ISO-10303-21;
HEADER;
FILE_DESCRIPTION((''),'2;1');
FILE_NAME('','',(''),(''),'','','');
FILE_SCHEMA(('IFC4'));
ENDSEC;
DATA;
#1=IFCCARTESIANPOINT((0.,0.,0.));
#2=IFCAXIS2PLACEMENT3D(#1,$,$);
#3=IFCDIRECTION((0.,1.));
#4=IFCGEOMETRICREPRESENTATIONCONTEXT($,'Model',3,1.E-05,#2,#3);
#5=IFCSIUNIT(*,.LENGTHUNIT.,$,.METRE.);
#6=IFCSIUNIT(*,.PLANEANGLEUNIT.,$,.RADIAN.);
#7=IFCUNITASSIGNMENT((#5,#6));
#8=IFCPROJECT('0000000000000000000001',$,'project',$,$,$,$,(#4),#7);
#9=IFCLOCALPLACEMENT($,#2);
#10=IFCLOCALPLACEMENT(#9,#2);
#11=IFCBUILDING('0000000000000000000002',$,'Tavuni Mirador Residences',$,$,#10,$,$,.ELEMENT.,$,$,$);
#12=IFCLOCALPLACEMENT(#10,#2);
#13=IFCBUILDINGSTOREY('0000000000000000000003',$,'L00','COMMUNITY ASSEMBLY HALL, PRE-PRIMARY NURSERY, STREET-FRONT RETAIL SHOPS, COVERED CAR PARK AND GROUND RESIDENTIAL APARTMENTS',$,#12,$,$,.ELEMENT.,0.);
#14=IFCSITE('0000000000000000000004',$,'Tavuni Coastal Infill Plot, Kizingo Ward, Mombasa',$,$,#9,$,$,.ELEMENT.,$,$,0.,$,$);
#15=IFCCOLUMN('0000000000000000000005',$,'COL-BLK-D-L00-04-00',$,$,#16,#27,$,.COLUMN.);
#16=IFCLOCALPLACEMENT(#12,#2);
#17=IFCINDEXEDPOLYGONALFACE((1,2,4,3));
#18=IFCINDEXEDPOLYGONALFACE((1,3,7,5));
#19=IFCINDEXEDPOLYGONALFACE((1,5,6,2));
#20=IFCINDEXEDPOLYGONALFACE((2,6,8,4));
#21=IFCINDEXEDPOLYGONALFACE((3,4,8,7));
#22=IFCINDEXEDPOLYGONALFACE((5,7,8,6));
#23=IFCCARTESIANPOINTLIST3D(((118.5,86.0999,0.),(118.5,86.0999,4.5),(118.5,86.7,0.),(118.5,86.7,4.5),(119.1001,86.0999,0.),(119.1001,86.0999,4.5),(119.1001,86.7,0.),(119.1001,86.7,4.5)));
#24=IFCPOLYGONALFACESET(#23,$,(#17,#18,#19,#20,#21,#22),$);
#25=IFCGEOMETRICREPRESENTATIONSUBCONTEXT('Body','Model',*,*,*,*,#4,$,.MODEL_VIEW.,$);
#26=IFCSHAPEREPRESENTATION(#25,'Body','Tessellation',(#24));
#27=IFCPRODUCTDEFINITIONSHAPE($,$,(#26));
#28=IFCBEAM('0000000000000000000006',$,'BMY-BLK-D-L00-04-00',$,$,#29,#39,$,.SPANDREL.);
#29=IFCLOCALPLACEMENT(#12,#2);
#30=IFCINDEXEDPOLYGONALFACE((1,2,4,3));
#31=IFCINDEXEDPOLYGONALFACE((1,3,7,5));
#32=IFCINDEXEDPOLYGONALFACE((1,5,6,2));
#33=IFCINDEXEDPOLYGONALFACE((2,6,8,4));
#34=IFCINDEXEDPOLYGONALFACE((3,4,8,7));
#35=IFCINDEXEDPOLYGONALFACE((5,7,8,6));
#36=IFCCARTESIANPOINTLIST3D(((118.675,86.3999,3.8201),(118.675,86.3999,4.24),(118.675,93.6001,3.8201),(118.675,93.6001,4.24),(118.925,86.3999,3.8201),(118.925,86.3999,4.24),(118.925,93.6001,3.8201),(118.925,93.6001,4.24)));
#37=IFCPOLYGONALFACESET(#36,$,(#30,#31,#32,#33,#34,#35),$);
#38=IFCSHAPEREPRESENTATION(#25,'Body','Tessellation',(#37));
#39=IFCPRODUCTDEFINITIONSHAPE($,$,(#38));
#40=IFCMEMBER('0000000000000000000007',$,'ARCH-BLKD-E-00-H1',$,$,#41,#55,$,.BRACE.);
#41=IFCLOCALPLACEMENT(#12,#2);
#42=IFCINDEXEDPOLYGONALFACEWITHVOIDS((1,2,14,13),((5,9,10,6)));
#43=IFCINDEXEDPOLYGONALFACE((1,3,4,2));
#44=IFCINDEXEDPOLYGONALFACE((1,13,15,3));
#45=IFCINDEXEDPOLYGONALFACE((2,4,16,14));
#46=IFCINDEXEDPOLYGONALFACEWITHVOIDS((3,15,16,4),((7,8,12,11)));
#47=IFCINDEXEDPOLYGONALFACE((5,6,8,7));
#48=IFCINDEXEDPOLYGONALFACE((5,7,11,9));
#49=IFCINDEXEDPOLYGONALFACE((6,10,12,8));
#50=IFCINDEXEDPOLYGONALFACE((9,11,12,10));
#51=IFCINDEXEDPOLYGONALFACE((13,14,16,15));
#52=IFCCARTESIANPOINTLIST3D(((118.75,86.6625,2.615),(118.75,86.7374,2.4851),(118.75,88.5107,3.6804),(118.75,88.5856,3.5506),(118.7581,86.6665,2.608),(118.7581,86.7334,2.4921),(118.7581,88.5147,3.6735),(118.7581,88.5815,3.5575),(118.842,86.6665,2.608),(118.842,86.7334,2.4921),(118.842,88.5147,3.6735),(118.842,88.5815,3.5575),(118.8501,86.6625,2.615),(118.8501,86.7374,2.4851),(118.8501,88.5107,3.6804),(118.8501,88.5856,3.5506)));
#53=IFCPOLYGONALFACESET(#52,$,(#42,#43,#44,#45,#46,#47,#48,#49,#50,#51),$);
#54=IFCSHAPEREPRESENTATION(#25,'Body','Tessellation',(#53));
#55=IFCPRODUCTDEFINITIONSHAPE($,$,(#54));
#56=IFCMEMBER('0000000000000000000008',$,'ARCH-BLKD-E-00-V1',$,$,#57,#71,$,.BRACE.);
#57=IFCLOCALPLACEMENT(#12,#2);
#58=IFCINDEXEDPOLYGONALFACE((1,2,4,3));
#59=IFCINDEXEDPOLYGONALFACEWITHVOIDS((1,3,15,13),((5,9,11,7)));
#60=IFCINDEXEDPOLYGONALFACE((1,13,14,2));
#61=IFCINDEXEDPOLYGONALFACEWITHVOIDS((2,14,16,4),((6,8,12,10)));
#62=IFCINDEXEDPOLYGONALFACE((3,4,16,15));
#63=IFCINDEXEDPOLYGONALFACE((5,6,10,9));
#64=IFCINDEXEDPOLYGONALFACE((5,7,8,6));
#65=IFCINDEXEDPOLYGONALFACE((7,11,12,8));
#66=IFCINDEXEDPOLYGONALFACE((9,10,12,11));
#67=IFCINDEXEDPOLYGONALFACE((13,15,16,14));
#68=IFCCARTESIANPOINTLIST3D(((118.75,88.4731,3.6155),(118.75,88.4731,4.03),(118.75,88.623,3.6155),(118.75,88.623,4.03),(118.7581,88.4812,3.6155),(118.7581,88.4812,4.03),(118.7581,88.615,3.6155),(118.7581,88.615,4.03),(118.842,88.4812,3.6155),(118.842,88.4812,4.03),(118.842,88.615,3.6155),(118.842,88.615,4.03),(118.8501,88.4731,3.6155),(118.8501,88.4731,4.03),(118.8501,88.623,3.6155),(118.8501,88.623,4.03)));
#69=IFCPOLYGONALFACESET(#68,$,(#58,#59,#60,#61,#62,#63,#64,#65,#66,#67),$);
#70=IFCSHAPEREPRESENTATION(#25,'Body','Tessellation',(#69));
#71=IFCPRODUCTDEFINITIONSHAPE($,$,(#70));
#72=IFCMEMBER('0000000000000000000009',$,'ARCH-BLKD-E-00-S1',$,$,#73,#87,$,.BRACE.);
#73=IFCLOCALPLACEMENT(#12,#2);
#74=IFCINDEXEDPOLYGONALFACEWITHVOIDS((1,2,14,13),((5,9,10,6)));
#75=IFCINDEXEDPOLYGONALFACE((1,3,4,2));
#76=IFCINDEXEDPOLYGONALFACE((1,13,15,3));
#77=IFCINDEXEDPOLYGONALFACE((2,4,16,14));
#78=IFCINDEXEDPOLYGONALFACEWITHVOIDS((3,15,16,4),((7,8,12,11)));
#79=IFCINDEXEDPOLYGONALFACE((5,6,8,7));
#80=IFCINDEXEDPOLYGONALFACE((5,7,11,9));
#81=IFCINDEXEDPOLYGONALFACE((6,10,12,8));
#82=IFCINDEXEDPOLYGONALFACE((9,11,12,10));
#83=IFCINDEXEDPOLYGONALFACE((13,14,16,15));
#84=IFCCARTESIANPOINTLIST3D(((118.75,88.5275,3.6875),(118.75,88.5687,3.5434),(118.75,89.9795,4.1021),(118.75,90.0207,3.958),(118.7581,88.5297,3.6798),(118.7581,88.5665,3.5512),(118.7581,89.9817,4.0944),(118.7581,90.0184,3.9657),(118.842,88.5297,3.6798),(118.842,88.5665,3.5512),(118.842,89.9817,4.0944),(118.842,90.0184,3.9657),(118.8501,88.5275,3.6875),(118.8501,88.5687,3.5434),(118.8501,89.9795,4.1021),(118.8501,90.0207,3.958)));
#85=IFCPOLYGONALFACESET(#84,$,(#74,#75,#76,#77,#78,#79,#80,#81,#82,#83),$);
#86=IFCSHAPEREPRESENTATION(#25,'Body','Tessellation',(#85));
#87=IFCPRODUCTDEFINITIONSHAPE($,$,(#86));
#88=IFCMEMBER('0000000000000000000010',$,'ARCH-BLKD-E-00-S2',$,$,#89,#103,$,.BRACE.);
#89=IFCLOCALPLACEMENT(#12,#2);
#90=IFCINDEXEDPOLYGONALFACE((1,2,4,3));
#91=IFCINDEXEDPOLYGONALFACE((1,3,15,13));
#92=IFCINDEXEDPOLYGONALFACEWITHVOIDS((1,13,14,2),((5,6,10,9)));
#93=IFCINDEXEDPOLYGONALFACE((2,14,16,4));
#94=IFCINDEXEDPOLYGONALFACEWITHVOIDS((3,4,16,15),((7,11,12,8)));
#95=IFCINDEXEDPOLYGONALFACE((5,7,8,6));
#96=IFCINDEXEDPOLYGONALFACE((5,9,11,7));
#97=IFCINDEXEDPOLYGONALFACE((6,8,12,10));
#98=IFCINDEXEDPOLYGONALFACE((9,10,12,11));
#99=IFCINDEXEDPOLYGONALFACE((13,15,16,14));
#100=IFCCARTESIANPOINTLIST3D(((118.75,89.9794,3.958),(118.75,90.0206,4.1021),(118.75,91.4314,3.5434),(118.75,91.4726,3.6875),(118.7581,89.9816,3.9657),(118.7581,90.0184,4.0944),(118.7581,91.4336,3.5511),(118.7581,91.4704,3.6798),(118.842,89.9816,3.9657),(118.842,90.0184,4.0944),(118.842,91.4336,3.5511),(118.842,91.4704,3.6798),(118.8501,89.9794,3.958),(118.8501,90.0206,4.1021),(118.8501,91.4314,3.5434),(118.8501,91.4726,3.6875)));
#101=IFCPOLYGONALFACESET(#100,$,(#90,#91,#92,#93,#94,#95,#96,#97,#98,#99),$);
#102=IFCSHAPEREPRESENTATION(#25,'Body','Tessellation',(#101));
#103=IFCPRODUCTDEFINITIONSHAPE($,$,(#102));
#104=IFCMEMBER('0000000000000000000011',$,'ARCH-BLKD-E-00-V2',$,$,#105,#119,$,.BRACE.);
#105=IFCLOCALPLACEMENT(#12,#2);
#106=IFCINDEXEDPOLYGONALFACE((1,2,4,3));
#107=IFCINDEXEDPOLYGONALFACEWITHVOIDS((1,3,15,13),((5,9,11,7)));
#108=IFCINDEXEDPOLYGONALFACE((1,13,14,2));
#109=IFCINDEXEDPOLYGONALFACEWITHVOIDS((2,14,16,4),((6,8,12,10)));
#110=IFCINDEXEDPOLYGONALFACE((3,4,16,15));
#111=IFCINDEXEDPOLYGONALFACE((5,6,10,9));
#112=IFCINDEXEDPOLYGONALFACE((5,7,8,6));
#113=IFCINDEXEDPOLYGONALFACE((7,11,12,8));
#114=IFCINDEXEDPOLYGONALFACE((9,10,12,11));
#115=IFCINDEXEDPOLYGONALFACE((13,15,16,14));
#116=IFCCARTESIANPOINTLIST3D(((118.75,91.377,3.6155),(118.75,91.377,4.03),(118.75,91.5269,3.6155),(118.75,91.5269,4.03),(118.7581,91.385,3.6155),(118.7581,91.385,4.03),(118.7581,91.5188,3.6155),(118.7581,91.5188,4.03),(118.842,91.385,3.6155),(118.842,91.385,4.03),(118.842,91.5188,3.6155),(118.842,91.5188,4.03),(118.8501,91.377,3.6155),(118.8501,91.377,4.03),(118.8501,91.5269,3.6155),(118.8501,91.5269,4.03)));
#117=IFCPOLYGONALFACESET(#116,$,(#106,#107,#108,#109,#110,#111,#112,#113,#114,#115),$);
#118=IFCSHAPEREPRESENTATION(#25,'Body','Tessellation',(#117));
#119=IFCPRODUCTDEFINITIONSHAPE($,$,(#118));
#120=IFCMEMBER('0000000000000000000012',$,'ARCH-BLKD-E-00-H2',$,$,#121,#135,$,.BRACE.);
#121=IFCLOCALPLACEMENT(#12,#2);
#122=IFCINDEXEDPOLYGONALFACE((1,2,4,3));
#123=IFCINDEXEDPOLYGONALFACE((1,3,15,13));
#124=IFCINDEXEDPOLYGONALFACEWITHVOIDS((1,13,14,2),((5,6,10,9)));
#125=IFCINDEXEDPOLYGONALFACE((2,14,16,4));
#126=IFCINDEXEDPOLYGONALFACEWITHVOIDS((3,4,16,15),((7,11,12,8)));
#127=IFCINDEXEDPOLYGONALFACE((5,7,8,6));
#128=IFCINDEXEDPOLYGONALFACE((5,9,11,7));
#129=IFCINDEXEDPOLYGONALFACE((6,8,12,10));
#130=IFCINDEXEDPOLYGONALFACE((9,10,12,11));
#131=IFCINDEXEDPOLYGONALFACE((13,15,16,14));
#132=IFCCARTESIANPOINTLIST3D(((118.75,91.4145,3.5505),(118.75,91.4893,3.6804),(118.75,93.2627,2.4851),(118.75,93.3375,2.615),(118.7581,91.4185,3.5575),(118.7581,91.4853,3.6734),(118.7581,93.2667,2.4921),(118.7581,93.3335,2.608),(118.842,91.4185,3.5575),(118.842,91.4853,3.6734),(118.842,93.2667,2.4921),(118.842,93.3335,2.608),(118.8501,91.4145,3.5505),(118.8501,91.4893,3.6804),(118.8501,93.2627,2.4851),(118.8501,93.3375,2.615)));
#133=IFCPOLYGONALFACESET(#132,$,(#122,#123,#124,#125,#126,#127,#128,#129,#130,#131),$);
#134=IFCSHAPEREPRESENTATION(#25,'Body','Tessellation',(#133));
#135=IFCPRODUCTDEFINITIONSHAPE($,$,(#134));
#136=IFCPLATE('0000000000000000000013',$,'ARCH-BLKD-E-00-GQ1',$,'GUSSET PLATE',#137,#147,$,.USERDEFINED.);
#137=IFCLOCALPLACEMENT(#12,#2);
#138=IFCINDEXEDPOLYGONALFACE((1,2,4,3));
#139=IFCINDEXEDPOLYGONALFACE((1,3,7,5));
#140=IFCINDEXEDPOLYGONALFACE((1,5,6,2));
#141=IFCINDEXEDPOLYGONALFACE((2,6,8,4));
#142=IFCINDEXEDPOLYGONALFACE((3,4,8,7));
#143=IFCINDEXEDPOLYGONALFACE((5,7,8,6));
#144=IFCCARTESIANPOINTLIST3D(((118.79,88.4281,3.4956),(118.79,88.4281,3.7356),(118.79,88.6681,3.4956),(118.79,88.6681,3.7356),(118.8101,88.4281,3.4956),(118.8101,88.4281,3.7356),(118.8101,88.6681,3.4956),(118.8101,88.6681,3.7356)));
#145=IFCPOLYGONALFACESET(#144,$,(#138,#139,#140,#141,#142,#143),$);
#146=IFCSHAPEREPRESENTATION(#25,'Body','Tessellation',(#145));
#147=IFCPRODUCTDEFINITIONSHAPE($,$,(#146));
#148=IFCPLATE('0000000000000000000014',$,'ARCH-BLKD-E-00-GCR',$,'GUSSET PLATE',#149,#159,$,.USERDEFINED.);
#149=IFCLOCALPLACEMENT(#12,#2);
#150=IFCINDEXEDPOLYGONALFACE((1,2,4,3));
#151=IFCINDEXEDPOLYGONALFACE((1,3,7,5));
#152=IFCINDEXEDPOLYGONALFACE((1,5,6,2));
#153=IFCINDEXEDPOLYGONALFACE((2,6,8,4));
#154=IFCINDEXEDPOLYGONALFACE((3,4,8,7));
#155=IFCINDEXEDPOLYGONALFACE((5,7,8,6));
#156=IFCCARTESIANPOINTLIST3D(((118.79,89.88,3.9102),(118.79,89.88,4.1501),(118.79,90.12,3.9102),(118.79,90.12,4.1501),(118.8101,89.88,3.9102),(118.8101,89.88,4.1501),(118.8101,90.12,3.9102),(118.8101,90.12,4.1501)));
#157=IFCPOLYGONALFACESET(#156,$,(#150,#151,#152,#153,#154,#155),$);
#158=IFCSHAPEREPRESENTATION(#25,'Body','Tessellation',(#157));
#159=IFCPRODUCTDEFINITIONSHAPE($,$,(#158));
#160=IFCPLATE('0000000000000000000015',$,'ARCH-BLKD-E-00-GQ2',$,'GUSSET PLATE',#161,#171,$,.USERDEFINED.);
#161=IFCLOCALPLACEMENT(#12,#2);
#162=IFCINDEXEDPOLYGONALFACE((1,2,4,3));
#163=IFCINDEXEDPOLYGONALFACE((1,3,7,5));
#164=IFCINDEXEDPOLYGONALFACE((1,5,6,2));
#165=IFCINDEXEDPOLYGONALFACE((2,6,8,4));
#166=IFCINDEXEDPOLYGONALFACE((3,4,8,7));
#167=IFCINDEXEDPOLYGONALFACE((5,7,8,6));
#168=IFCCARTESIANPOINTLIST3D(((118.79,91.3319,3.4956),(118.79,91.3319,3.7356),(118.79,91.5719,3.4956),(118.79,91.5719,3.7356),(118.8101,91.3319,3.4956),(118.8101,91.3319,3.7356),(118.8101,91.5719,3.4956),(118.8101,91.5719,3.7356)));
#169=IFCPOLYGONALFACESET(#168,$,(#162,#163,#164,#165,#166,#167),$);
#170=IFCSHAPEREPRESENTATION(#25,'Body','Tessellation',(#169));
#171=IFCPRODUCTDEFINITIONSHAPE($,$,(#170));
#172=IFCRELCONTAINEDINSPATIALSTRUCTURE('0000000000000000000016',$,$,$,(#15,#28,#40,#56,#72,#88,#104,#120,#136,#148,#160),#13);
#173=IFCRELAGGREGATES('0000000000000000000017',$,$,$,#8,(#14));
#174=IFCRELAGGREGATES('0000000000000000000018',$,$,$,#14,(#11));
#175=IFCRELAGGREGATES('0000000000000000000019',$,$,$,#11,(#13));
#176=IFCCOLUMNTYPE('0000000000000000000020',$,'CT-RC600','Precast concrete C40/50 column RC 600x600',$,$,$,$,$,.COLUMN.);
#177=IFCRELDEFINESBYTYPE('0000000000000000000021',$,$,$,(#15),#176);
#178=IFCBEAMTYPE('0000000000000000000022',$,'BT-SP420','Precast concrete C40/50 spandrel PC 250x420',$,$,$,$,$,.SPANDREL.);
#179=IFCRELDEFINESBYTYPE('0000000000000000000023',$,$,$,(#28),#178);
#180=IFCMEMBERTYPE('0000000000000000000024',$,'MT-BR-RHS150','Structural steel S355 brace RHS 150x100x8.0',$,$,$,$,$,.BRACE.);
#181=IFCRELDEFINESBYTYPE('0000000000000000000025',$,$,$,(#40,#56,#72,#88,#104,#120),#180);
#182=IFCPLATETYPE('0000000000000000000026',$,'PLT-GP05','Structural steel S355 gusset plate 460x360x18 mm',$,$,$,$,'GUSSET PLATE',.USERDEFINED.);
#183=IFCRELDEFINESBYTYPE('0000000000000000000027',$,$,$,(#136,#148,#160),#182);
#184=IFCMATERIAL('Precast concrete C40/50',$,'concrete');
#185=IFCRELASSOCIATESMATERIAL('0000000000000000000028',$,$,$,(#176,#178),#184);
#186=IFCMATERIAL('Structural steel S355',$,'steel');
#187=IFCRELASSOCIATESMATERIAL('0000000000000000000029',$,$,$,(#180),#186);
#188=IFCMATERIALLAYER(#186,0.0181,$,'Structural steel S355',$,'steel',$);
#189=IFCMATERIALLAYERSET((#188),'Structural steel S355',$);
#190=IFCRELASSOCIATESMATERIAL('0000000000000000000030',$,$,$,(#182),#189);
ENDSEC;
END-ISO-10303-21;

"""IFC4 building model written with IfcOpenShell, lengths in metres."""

from ifc_helpers import new_model, si_unit, direction, frame, origin, origin_2d, place, context, subcontext, project, spatial, rectangle, hollow_rectangle, extrude, material, layer, layer_set, material_profile, profile_set, type_object, element, save


model = new_model("IFC4")

# Units and contexts
model_context = context("Model", 3, precision=1e-05, world=origin(), true_north=direction((0.0, 1.0)))
body_context = subcontext(model_context, "Body", "Model", "MODEL_VIEW")
ifc_project = project(units=[si_unit("LENGTHUNIT", "METRE"), si_unit("PLANEANGLEUNIT", "RADIAN")], contexts=[model_context])

# Site, building, storey
site_placement = place(None, origin())
site = spatial("IfcSite", under=ifc_project, at=site_placement, Name="Tavuni Coastal Infill Plot, Kizingo Ward, Mombasa", CompositionType="ELEMENT", RefElevation=0.0)
building_placement = place(site_placement, origin())
building = spatial("IfcBuilding", under=site, at=building_placement, Name="Tavuni Mirador Residences", CompositionType="ELEMENT")
storey_placement = place(building_placement, origin())
storey = spatial("IfcBuildingStorey", under=building, at=storey_placement, Name="L00", Description="COMMUNITY ASSEMBLY HALL, PRE-PRIMARY NURSERY, STREET-FRONT RETAIL SHOPS, COVERED CAR PARK AND GROUND RESIDENTIAL APARTMENTS", CompositionType="ELEMENT", Elevation=0.0)

# Column
ifc_material_1 = material(Name="Precast concrete C40/50", Category="concrete")
ifc_material_profile_1 = material_profile(ifc_material_1, rectangle(XDim=0.6001, YDim=0.6001, at=origin_2d()), Name="RC 600x600", Category="concrete")
ifc_profile_set_1 = profile_set([ifc_material_profile_1], Name="Precast concrete C40/50")
column_type = type_object("IfcColumnType", Name="CT-RC600", Description="Precast concrete C40/50 column RC 600x600", PredefinedType="COLUMN", material=ifc_profile_set_1)
column_placement = place(storey_placement, frame((118.8, 86.3999, 0.0), z_axis=(0.0, 0.0, 1.0), x_axis=(1.0, 0.0, 0.0)))
element("IfcColumn", 1, at=column_placement, inside=storey, type_object=column_type, Name="COL-BLK-D-L00-04-00", PredefinedType="COLUMN", context=body_context, shape_type="SweptSolid", body=[
    extrude(rectangle(XDim=0.6001, YDim=0.6001, at=origin_2d()), origin(), (0.0, 0.0, 1.0), 4.5),
])

# Beam
ifc_material_profile_2 = material_profile(ifc_material_1, rectangle(XDim=0.25, YDim=0.4199, at=origin_2d()), Name="PC 250x420", Category="concrete")
ifc_profile_set_2 = profile_set([ifc_material_profile_2], Name="Precast concrete C40/50")
beam_type = type_object("IfcBeamType", Name="BT-SP420", Description="Precast concrete C40/50 spandrel PC 250x420", PredefinedType="SPANDREL", material=ifc_profile_set_2)
beam_placement = place(storey_placement, frame((118.8, 86.3999, 4.03), z_axis=(0.0, 1.0, 0.0), x_axis=(-1.0, 0.0, 0.0)))
element("IfcBeam", 2, at=beam_placement, inside=storey, type_object=beam_type, Name="BMY-BLK-D-L00-04-00", PredefinedType="SPANDREL", context=body_context, shape_type="SweptSolid", body=[
    extrude(rectangle(XDim=0.25, YDim=0.4199, at=origin_2d()), origin(), (0.0, 0.0, 1.0), 7.2002),
])

# Members
ifc_material_2 = material(Name="Structural steel S355", Category="steel")
ifc_material_profile_3 = material_profile(ifc_material_2, hollow_rectangle(XDim=0.1001, YDim=0.1499, WallThickness=0.0081, at=origin_2d()), Name="RHS 150x100x8.0", Category="steel")
ifc_profile_set_3 = profile_set([ifc_material_profile_3], Name="Structural steel S355")
member_type = type_object("IfcMemberType", Name="MT-BR-RHS150", Description="Structural steel S355 brace RHS 150x100x8.0", PredefinedType="BRACE", material=ifc_profile_set_3)
member_1_placement = place(storey_placement, frame((118.8, 86.7, 2.55), z_axis=(0.0, 0.866349, 0.499438), x_axis=(-1.0, 0.0, 0.0)))
element("IfcMember", 3, at=member_1_placement, inside=storey, type_object=member_type, Name="ARCH-BLKD-E-00-H1", PredefinedType="BRACE", context=body_context, shape_type="SweptSolid", body=[
    extrude(hollow_rectangle(XDim=0.1001, YDim=0.1499, WallThickness=0.0081, at=origin_2d()), origin(), (0.0, 0.0, 1.0), 2.1333),
])
member_2_placement = place(storey_placement, frame((118.8, 88.5481, 3.6155), z_axis=(0.0, 0.0, 1.0), x_axis=(1.0, 0.0, 0.0)))
element("IfcMember", 4, at=member_2_placement, inside=storey, type_object=member_type, Name="ARCH-BLKD-E-00-V1", PredefinedType="BRACE", context=body_context, shape_type="SweptSolid", body=[
    extrude(hollow_rectangle(XDim=0.1001, YDim=0.1499, WallThickness=0.0081, at=origin_2d()), origin(), (0.0, 0.0, 1.0), 0.4146),
])
for number, where, z_axis, x_axis, name in (
    (5, (118.8, 88.5481, 3.6155), (0.0, 0.961573, 0.27455), (-1.0, 0.0, 0.0), "ARCH-BLKD-E-00-S1"),
    (6, (118.8, 90.0, 4.03), (0.0, 0.961573, -0.27455), (-1.0, 0.0, 0.0), "ARCH-BLKD-E-00-S2"),
):
    element("IfcMember", number, at=place(storey_placement, frame(where, z_axis=z_axis, x_axis=x_axis)), inside=storey, type_object=member_type, Name=name, PredefinedType="BRACE", context=body_context, shape_type="SweptSolid", body=[
        extrude(hollow_rectangle(XDim=0.1001, YDim=0.1499, WallThickness=0.0081, at=origin_2d()), origin(), (0.0, 0.0, 1.0), 1.51),
    ])
member_3_placement = place(storey_placement, frame((118.8, 91.4519, 3.6155), z_axis=(0.0, 0.0, 1.0), x_axis=(1.0, 0.0, 0.0)))
element("IfcMember", 7, at=member_3_placement, inside=storey, type_object=member_type, Name="ARCH-BLKD-E-00-V2", PredefinedType="BRACE", context=body_context, shape_type="SweptSolid", body=[
    extrude(hollow_rectangle(XDim=0.1001, YDim=0.1499, WallThickness=0.0081, at=origin_2d()), origin(), (0.0, 0.0, 1.0), 0.4146),
])
member_4_placement = place(storey_placement, frame((118.8, 91.4519, 3.6155), z_axis=(0.0, 0.866349, -0.499438), x_axis=(-1.0, 0.0, 0.0)))
element("IfcMember", 8, at=member_4_placement, inside=storey, type_object=member_type, Name="ARCH-BLKD-E-00-H2", PredefinedType="BRACE", context=body_context, shape_type="SweptSolid", body=[
    extrude(hollow_rectangle(XDim=0.1001, YDim=0.1499, WallThickness=0.0081, at=origin_2d()), origin(), (0.0, 0.0, 1.0), 2.1333),
])

# Plates
ifc_layer_1 = layer(ifc_material_2, 0.0181, Name="Structural steel S355", Category="steel")
ifc_layer_set_1 = layer_set([ifc_layer_1], Name="Structural steel S355")
plate_type = type_object("IfcPlateType", Name="PLT-GP05", Description="Structural steel S355 gusset plate 460x360x18 mm", ElementType="GUSSET PLATE", PredefinedType="USERDEFINED", material=ifc_layer_set_1)
for number, where, z_axis, x_axis, name in (
    (9, (118.8, 88.5481, 3.4956), (0.0, 0.0, 1.0), (1.0, 0.0, 0.0), "ARCH-BLKD-E-00-GQ1"),
    (10, (118.8, 90.0, 3.9102), (0.0, 0.0, 1.0), (1.0, 0.0, 0.0), "ARCH-BLKD-E-00-GCR"),
    (11, (118.8, 91.4519, 3.4956), (0.0, 0.0, 1.0), (1.0, 0.0, 0.0), "ARCH-BLKD-E-00-GQ2"),
):
    element("IfcPlate", number, at=place(storey_placement, frame(where, z_axis=z_axis, x_axis=x_axis)), inside=storey, type_object=plate_type, Name=name, ObjectType="GUSSET PLATE", PredefinedType="USERDEFINED", context=body_context, shape_type="SweptSolid", body=[
        extrude(rectangle(XDim=0.02, YDim=0.24, at=origin_2d()), origin(), (0.0, 0.0, 1.0), 0.24),
    ])

save(model, "model.ifc")
